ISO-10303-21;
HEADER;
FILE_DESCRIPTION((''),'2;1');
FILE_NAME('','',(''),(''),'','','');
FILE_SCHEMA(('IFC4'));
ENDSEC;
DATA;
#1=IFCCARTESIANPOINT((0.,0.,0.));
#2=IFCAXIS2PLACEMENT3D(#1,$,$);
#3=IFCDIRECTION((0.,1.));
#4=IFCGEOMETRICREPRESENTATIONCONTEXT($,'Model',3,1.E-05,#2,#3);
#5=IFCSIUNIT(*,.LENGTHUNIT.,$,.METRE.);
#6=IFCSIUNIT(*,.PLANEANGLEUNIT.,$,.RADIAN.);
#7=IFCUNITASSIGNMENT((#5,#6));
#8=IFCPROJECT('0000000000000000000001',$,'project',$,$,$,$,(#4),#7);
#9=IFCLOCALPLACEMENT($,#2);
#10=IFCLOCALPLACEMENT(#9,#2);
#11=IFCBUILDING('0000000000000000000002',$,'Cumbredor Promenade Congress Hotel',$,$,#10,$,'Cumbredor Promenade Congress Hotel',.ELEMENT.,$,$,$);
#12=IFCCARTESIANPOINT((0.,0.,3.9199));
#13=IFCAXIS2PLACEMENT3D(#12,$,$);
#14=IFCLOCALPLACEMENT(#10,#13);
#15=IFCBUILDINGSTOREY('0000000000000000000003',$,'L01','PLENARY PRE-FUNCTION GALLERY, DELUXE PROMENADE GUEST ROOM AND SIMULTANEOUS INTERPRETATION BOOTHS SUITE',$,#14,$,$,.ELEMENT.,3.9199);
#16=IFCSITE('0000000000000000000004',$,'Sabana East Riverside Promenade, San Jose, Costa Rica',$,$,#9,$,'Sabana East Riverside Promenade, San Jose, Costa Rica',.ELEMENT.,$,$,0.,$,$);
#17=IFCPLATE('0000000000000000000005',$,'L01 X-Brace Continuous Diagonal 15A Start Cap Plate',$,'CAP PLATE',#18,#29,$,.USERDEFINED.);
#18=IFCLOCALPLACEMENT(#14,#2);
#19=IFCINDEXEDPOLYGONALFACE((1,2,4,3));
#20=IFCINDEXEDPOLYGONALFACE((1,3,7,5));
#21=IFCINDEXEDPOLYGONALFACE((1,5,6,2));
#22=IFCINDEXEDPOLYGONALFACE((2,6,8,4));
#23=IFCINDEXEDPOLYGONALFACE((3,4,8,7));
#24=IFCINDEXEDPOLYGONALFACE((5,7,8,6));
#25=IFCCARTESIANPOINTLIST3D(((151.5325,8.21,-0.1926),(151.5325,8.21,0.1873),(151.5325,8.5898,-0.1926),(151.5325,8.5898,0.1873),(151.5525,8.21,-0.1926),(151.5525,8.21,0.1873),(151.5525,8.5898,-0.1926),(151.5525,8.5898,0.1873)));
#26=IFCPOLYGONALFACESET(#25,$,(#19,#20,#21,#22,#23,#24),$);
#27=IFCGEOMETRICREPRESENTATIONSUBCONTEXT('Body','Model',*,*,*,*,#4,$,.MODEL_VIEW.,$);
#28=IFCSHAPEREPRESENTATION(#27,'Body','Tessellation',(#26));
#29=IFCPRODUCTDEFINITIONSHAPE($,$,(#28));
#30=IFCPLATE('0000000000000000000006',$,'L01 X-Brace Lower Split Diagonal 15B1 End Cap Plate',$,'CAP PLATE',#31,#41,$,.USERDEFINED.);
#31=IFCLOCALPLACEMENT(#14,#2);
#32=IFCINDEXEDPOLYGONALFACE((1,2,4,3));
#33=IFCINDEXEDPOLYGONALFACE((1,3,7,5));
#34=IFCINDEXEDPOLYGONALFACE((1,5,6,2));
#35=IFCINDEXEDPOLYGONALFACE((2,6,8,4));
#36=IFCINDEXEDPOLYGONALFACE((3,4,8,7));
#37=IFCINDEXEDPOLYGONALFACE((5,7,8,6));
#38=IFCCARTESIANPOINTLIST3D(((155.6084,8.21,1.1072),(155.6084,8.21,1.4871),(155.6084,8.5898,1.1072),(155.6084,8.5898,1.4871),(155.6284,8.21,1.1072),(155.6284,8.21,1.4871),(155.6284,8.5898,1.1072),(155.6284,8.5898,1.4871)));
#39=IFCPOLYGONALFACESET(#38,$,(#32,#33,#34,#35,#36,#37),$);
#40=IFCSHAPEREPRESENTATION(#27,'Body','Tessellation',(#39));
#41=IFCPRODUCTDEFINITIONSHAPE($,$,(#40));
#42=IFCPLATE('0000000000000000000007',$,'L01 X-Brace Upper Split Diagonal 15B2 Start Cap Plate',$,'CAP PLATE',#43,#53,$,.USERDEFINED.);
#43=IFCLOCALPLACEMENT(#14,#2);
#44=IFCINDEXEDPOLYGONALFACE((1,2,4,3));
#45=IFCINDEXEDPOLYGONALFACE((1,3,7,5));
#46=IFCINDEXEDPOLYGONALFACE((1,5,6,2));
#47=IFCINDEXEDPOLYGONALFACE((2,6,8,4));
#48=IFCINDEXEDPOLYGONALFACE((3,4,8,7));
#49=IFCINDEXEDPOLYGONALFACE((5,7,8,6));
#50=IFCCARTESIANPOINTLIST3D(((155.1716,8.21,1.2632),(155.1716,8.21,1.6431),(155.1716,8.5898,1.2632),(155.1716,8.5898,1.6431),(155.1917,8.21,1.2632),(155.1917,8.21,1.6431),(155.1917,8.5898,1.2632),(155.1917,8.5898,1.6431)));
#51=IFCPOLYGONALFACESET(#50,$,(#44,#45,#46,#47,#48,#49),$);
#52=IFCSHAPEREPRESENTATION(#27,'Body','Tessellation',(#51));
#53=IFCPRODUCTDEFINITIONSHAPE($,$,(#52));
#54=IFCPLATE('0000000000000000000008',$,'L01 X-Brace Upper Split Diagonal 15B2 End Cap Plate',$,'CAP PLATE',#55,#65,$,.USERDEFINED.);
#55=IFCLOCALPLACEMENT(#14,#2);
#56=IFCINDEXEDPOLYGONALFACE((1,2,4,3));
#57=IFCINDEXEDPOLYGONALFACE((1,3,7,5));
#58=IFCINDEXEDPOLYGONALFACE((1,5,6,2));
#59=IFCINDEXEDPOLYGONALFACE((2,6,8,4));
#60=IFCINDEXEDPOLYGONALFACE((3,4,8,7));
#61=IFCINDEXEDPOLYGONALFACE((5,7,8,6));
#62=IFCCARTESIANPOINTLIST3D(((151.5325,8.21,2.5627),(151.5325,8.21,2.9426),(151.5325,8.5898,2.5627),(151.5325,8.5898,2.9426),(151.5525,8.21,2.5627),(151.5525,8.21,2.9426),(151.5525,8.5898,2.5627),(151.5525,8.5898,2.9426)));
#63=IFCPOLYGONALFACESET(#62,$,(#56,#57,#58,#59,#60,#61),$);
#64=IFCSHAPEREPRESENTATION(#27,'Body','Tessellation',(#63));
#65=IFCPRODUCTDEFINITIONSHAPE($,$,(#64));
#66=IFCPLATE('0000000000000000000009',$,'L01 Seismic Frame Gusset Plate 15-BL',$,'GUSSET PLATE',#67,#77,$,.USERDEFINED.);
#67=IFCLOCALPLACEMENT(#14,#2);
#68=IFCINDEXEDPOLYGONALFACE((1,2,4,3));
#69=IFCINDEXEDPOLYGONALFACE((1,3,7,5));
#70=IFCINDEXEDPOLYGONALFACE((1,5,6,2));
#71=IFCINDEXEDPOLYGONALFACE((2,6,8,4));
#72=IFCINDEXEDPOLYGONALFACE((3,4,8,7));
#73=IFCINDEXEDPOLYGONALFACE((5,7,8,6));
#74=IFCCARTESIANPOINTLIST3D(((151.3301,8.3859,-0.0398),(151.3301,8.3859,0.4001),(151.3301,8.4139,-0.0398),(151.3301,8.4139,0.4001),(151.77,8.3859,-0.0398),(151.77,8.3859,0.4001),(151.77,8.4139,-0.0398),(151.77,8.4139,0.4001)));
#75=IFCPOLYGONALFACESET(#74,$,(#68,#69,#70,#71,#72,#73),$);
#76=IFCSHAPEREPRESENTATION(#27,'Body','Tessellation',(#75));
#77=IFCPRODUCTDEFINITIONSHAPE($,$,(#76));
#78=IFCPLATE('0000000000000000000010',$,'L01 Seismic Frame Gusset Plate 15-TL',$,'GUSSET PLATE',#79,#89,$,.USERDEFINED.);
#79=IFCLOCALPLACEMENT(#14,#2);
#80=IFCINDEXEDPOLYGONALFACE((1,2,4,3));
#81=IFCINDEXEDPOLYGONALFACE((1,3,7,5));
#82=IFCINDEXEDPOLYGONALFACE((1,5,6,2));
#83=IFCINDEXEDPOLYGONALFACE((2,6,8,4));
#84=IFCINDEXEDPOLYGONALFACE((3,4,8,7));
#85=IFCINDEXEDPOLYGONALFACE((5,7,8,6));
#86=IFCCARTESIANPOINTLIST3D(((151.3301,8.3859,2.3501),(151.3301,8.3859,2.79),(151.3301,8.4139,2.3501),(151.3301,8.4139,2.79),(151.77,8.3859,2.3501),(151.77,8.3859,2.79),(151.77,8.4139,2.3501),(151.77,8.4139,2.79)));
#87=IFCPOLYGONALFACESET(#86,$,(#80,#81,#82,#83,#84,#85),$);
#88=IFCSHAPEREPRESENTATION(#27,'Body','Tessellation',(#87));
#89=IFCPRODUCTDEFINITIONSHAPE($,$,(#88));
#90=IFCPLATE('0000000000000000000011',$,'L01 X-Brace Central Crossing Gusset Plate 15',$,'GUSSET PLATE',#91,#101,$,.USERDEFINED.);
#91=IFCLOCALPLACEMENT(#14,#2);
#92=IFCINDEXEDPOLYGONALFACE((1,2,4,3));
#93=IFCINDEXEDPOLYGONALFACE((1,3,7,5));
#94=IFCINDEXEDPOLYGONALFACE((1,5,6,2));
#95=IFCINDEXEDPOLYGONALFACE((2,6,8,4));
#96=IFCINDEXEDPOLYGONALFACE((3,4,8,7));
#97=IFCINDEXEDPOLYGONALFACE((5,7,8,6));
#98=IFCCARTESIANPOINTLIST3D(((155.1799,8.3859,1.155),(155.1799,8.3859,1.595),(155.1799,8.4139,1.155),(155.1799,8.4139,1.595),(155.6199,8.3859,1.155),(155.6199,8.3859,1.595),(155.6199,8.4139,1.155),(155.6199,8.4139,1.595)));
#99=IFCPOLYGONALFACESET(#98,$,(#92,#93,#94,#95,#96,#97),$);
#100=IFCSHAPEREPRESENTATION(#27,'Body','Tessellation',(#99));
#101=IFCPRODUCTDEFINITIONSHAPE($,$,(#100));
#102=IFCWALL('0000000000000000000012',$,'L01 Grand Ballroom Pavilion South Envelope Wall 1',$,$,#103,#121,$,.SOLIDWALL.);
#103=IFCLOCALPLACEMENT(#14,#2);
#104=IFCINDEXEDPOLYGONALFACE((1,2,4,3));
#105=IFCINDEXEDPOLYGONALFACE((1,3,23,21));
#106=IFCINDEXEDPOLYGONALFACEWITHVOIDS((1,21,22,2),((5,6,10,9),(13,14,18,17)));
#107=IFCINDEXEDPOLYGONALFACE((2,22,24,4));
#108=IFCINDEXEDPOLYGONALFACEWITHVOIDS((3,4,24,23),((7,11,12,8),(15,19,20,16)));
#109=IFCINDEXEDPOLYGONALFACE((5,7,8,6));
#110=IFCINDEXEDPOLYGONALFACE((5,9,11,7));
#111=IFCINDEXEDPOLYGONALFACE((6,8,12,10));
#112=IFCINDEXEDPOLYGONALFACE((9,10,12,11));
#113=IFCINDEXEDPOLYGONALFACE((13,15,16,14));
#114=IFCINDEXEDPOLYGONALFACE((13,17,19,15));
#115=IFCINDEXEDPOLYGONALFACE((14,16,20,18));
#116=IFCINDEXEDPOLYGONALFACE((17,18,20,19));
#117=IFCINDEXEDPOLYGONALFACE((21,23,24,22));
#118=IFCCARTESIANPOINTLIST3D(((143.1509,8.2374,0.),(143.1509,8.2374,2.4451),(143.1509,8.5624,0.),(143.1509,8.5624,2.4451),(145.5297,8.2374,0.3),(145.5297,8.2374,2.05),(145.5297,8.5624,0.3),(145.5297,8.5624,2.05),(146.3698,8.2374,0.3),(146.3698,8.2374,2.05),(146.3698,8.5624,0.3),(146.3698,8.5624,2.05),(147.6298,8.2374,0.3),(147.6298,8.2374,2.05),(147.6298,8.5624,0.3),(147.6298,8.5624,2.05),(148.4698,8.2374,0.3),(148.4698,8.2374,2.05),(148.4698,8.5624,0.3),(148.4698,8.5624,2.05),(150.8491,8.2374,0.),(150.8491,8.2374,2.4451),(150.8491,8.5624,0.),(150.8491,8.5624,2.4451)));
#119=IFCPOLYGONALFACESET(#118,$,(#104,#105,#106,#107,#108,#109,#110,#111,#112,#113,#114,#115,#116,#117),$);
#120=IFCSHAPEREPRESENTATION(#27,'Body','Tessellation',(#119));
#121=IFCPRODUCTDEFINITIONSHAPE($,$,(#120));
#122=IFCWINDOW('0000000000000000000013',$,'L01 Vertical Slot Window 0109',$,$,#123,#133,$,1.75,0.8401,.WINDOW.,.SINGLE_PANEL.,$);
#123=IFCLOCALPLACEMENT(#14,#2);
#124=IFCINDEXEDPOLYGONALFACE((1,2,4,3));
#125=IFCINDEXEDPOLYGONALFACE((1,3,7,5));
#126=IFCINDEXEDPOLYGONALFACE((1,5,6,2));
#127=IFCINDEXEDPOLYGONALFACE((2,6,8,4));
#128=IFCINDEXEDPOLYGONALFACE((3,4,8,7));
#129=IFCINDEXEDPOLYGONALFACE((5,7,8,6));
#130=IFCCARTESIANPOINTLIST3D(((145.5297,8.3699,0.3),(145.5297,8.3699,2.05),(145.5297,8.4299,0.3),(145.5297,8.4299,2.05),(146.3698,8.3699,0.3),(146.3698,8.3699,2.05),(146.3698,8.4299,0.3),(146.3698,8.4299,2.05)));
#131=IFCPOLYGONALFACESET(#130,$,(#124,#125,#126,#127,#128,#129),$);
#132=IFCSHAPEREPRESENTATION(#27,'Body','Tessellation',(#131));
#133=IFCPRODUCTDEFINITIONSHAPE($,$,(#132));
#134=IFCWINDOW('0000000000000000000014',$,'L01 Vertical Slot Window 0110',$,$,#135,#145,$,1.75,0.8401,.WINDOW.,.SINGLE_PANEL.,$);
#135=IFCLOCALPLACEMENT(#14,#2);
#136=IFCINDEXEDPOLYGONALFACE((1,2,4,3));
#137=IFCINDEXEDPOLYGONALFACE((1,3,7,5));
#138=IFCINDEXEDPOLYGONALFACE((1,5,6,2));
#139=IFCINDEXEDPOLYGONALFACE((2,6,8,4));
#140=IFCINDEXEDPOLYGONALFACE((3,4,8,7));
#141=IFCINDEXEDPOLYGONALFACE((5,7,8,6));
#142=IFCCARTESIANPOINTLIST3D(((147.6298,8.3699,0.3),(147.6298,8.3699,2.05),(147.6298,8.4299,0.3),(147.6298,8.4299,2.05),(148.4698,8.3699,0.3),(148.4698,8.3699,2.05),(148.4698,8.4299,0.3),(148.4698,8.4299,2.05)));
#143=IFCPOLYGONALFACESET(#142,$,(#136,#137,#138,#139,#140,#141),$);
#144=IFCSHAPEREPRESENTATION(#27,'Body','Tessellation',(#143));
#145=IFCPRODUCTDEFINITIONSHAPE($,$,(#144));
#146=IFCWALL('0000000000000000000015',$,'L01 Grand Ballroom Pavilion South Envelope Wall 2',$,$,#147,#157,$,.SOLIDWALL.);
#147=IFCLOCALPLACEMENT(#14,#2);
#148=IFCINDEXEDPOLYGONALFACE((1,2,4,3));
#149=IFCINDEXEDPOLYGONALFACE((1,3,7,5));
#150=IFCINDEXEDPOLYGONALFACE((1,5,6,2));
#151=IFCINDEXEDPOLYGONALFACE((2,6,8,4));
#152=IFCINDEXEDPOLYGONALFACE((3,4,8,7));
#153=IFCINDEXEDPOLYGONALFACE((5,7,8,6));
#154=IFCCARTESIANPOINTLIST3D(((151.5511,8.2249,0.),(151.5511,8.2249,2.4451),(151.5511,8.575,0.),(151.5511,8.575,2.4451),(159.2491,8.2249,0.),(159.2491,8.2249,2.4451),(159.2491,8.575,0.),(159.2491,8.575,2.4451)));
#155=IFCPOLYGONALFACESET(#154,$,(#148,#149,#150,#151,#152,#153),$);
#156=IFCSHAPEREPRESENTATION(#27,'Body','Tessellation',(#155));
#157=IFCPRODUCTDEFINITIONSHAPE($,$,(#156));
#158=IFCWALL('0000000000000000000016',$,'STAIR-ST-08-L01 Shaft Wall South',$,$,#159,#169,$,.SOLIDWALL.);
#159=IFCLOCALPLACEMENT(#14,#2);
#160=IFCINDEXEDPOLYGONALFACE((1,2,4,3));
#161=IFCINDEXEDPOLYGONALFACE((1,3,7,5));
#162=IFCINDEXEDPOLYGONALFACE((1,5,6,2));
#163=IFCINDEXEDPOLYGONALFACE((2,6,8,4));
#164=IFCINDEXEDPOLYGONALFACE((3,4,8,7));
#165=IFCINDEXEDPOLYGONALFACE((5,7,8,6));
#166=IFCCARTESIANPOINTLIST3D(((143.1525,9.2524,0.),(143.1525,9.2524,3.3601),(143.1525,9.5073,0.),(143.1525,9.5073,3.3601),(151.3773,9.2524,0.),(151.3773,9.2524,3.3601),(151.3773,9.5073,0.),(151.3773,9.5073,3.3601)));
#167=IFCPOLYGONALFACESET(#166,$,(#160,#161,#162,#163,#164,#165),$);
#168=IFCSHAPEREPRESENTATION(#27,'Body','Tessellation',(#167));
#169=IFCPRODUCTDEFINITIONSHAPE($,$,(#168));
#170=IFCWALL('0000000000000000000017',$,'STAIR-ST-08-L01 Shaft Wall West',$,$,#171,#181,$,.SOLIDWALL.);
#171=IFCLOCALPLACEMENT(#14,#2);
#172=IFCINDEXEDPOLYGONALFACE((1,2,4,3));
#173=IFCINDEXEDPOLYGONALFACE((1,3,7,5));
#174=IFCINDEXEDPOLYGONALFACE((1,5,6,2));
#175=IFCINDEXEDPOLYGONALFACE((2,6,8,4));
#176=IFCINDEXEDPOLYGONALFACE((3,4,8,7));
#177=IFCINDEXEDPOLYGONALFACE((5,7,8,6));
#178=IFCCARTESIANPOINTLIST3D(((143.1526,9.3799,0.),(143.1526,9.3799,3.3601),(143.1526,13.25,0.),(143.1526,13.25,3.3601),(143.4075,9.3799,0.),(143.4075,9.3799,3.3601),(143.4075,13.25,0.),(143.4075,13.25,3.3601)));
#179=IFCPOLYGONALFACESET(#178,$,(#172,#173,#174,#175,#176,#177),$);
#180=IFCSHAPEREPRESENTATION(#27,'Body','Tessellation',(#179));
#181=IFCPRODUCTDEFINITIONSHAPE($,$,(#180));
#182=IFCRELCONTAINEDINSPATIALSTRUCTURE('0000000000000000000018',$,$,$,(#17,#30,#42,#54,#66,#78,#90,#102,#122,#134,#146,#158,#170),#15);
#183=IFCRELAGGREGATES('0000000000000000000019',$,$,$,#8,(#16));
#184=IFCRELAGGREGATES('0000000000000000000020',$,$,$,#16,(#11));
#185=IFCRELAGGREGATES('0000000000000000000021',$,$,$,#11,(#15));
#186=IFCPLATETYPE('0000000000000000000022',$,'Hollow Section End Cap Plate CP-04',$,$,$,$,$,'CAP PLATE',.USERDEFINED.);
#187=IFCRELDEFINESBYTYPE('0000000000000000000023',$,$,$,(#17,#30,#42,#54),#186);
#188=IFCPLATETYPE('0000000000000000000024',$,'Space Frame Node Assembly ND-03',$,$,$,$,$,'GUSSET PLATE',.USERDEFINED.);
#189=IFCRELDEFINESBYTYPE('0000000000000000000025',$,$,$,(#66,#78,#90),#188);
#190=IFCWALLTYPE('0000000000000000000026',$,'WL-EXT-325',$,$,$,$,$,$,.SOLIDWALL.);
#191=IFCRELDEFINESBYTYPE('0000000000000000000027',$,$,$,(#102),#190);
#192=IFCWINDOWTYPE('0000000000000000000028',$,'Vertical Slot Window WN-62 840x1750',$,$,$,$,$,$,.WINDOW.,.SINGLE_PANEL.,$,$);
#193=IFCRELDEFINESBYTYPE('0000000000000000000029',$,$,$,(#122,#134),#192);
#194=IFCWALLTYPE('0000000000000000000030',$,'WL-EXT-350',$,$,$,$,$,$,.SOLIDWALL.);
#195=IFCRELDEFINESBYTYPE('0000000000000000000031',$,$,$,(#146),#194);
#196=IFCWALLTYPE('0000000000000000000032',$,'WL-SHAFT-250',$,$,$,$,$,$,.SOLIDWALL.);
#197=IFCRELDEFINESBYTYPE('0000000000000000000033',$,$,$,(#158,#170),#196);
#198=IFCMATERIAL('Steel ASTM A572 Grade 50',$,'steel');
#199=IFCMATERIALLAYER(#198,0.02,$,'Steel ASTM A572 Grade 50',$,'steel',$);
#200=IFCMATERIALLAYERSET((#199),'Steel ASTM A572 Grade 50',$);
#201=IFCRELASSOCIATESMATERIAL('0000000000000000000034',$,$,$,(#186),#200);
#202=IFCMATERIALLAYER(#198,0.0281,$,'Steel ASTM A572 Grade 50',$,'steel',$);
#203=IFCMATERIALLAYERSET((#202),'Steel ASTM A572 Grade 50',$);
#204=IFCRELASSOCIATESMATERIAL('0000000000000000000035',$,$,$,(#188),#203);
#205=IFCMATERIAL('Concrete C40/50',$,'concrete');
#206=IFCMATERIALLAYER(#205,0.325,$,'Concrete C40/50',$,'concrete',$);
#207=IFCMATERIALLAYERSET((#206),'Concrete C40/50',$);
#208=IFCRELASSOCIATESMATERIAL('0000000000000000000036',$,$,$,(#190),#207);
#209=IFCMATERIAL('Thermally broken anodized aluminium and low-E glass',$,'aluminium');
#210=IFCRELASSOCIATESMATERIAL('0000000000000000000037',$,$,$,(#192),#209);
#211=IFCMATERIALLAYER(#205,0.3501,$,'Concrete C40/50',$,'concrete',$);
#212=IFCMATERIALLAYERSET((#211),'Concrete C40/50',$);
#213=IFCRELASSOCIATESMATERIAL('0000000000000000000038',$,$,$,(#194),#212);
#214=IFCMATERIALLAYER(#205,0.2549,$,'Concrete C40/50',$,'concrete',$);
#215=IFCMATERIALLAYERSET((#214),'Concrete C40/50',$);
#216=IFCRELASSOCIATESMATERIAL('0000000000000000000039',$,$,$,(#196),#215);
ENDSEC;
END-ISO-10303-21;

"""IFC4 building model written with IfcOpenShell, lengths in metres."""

from ifc_helpers import new_model, si_unit, direction, frame, frame_2d, origin, origin_2d, place, context, subcontext, project, spatial, rectangle, extrude, material, layer, layer_set, type_object, element, fill, save


model = new_model("IFC4")

# Units and contexts
model_context = context("Model", 3, precision=1e-05, world=origin(), true_north=direction((0.0, 1.0)))
body_context = subcontext(model_context, "Body", "Model", "MODEL_VIEW")
ifc_project = project(units=[si_unit("LENGTHUNIT", "METRE"), si_unit("PLANEANGLEUNIT", "RADIAN")], contexts=[model_context])

# Site, building, storey
site_placement = place(None, origin())
site = spatial("IfcSite", under=ifc_project, at=site_placement, Name="Sabana East Riverside Promenade, San Jose, Costa Rica", LongName="Sabana East Riverside Promenade, San Jose, Costa Rica", CompositionType="ELEMENT", RefElevation=0.0)
building_placement = place(site_placement, origin())
building = spatial("IfcBuilding", under=site, at=building_placement, Name="Cumbredor Promenade Congress Hotel", LongName="Cumbredor Promenade Congress Hotel", CompositionType="ELEMENT")
storey_placement = place(building_placement, frame((0.0, 0.0, 3.9199)))
storey = spatial("IfcBuildingStorey", under=building, at=storey_placement, Name="L01", Description="PLENARY PRE-FUNCTION GALLERY, DELUXE PROMENADE GUEST ROOM AND SIMULTANEOUS INTERPRETATION BOOTHS SUITE", CompositionType="ELEMENT", Elevation=3.9199)

# Shared definitions
ifc_material_1 = material(Name="Concrete C40/50", Category="concrete")

# Shared definitions
ifc_material_2 = material(Name="Thermally broken anodized aluminium and low-E glass", Category="aluminium")

# Plates
ifc_material_3 = material(Name="Steel ASTM A572 Grade 50", Category="steel")
ifc_layer_1 = layer(ifc_material_3, 0.02, Name="Steel ASTM A572 Grade 50", Category="steel")
ifc_layer_set_1 = layer_set([ifc_layer_1], Name="Steel ASTM A572 Grade 50")
plate_type_1 = type_object("IfcPlateType", Name="Hollow Section End Cap Plate CP-04", ElementType="CAP PLATE", PredefinedType="USERDEFINED", material=ifc_layer_set_1)
for number, where, z_axis, x_axis, name in (
    (1, (151.5425, 8.3999, -0.1926), (0.0, 0.0, 1.0), (1.0, 0.0, 0.0), "L01 X-Brace Continuous Diagonal 15A Start Cap Plate"),
    (2, (155.6184, 8.3999, 1.1072), (0.0, 0.0, 1.0), (-1.0, 0.0, 0.0), "L01 X-Brace Lower Split Diagonal 15B1 End Cap Plate"),
    (3, (155.1816, 8.3999, 1.2632), (0.0, 0.0, 1.0), (-1.0, 0.0, 0.0), "L01 X-Brace Upper Split Diagonal 15B2 Start Cap Plate"),
    (4, (151.5425, 8.3999, 2.5627), (0.0, 0.0, 1.0), (-1.0, 0.0, 0.0), "L01 X-Brace Upper Split Diagonal 15B2 End Cap Plate"),
):
    element("IfcPlate", number, at=place(storey_placement, frame(where, z_axis=z_axis, x_axis=x_axis)), inside=storey, type_object=plate_type_1, Name=name, ObjectType="CAP PLATE", PredefinedType="USERDEFINED", context=body_context, shape_type="SweptSolid", body=[
        extrude(rectangle(XDim=0.02, YDim=0.3799, at=origin_2d()), origin(), (0.0, 0.0, 1.0), 0.3799),
    ])
ifc_layer_2 = layer(ifc_material_3, 0.0281, Name="Steel ASTM A572 Grade 50", Category="steel")
ifc_layer_set_2 = layer_set([ifc_layer_2], Name="Steel ASTM A572 Grade 50")
plate_type_2 = type_object("IfcPlateType", Name="Space Frame Node Assembly ND-03", ElementType="GUSSET PLATE", PredefinedType="USERDEFINED", material=ifc_layer_set_2)
for number, where, z_axis, x_axis, name in (
    (5, (151.55, 8.3999, -0.0398), (0.0, 0.0, 1.0), (1.0, 0.0, 0.0), "L01 Seismic Frame Gusset Plate 15-BL"),
    (6, (151.55, 8.3999, 2.3501), (0.0, 0.0, 1.0), (1.0, 0.0, 0.0), "L01 Seismic Frame Gusset Plate 15-TL"),
    (7, (155.3999, 8.3999, 1.155), (0.0, 0.0, 1.0), (1.0, 0.0, 0.0), "L01 X-Brace Central Crossing Gusset Plate 15"),
):
    element("IfcPlate", number, at=place(storey_placement, frame(where, z_axis=z_axis, x_axis=x_axis)), inside=storey, type_object=plate_type_2, Name=name, ObjectType="GUSSET PLATE", PredefinedType="USERDEFINED", context=body_context, shape_type="SweptSolid", body=[
        extrude(rectangle(XDim=0.4399, YDim=0.0281, at=origin_2d()), origin(), (0.0, 0.0, 1.0), 0.4399),
    ])

# Wall, openings, windows
ifc_layer_3 = layer(ifc_material_1, 0.325, Name="Concrete C40/50", Category="concrete")
ifc_layer_set_3 = layer_set([ifc_layer_3], Name="Concrete C40/50")
wall_type_1 = type_object("IfcWallType", Name="WL-EXT-325", PredefinedType="SOLIDWALL", material=ifc_layer_set_3)
wall_1_placement = place(storey_placement, frame((143.1509, 8.3999, 0.0), z_axis=(0.0, 0.0, 1.0), x_axis=(1.0, 0.0, 0.0)))
wall_1 = element("IfcWall", 8, at=wall_1_placement, inside=storey, type_object=wall_type_1, Name="L01 Grand Ballroom Pavilion South Envelope Wall 1", PredefinedType="SOLIDWALL", context=body_context, shape_type="SweptSolid", body=[
    extrude(rectangle(XDim=7.6982, YDim=0.325, at=frame_2d((3.8491, 0.0))), origin(), (0.0, 0.0, 1.0), 2.4451),
])
opening_1_placement = place(wall_1_placement, frame((2.3789, 0.0, 0.3)))
opening_1 = element("IfcOpeningElement", 9, at=opening_1_placement, cuts=wall_1, PredefinedType="OPENING", context=body_context, shape_type="SweptSolid", body=[
    extrude(rectangle(XDim=0.8401, YDim=1.75, at=frame_2d((0.4199, 0.875))), frame((0.0, 0.1724, 0.0), z_axis=(0.0, -1.0, 0.0), x_axis=(1.0, 0.0, 0.0)), (0.0, 0.0, 1.0), 0.345),
])
opening_2_placement = place(wall_1_placement, frame((4.479, 0.0, 0.3)))
opening_2 = element("IfcOpeningElement", 10, at=opening_2_placement, cuts=wall_1, PredefinedType="OPENING", context=body_context, shape_type="SweptSolid", body=[
    extrude(rectangle(XDim=0.8401, YDim=1.75, at=frame_2d((0.4199, 0.875))), frame((0.0, 0.1724, 0.0), z_axis=(0.0, -1.0, 0.0), x_axis=(1.0, 0.0, 0.0)), (0.0, 0.0, 1.0), 0.345),
])
window_type = type_object("IfcWindowType", Name="Vertical Slot Window WN-62 840x1750", PartitioningType="SINGLE_PANEL", PredefinedType="WINDOW", material=ifc_material_2)
window_1_placement = place(opening_1_placement, origin())
window_1 = element("IfcWindow", 11, at=window_1_placement, inside=storey, type_object=window_type, Name="L01 Vertical Slot Window 0109", OverallHeight=1.75, OverallWidth=0.8401, PartitioningType="SINGLE_PANEL", PredefinedType="WINDOW", context=body_context, shape_type="SweptSolid", body=[
    extrude(rectangle(XDim=0.8401, YDim=1.75, at=frame_2d((0.4199, 0.875))), frame((0.0, 0.03, 0.0), z_axis=(0.0, -1.0, 0.0), x_axis=(1.0, 0.0, 0.0)), (0.0, 0.0, 1.0), 0.0601),
])
fill(opening_1, window_1)
window_2_placement = place(opening_2_placement, origin())
window_2 = element("IfcWindow", 12, at=window_2_placement, inside=storey, type_object=window_type, Name="L01 Vertical Slot Window 0110", OverallHeight=1.75, OverallWidth=0.8401, PartitioningType="SINGLE_PANEL", PredefinedType="WINDOW", context=body_context, shape_type="SweptSolid", body=[
    extrude(rectangle(XDim=0.8401, YDim=1.75, at=frame_2d((0.4199, 0.875))), frame((0.0, 0.03, 0.0), z_axis=(0.0, -1.0, 0.0), x_axis=(1.0, 0.0, 0.0)), (0.0, 0.0, 1.0), 0.0601),
])
fill(opening_2, window_2)

# Walls
ifc_layer_4 = layer(ifc_material_1, 0.3501, Name="Concrete C40/50", Category="concrete")
ifc_layer_set_4 = layer_set([ifc_layer_4], Name="Concrete C40/50")
wall_type_2 = type_object("IfcWallType", Name="WL-EXT-350", PredefinedType="SOLIDWALL", material=ifc_layer_set_4)
wall_2_placement = place(storey_placement, frame((151.551, 8.3999, 0.0), z_axis=(0.0, 0.0, 1.0), x_axis=(1.0, 0.0, 0.0)))
element("IfcWall", 13, at=wall_2_placement, inside=storey, type_object=wall_type_2, Name="L01 Grand Ballroom Pavilion South Envelope Wall 2", PredefinedType="SOLIDWALL", context=body_context, shape_type="SweptSolid", body=[
    extrude(rectangle(XDim=7.698, YDim=0.3501, at=frame_2d((3.8491, 0.0))), origin(), (0.0, 0.0, 1.0), 2.4451),
])
ifc_layer_5 = layer(ifc_material_1, 0.2549, Name="Concrete C40/50", Category="concrete")
ifc_layer_set_5 = layer_set([ifc_layer_5], Name="Concrete C40/50")
wall_type_3 = type_object("IfcWallType", Name="WL-SHAFT-250", PredefinedType="SOLIDWALL", material=ifc_layer_set_5)
wall_3_placement = place(storey_placement, frame((143.1526, 9.3799, 0.0), z_axis=(0.0, 0.0, 1.0), x_axis=(1.0, 0.0, 0.0)))
element("IfcWall", 14, at=wall_3_placement, inside=storey, type_object=wall_type_3, Name="STAIR-ST-08-L01 Shaft Wall South", PredefinedType="SOLIDWALL", context=body_context, shape_type="SweptSolid", body=[
    extrude(rectangle(XDim=8.2249, YDim=0.2549, at=frame_2d((4.1123, 0.0))), origin(), (0.0, 0.0, 1.0), 3.3601),
])
wall_4_placement = place(storey_placement, frame((143.28, 9.3799, 0.0), z_axis=(0.0, 0.0, 1.0), x_axis=(0.0, 1.0, 0.0)))
element("IfcWall", 15, at=wall_4_placement, inside=storey, type_object=wall_type_3, Name="STAIR-ST-08-L01 Shaft Wall West", PredefinedType="SOLIDWALL", context=body_context, shape_type="SweptSolid", body=[
    extrude(rectangle(XDim=3.8701, YDim=0.2549, at=frame_2d((1.9351, 0.0))), origin(), (0.0, 0.0, 1.0), 3.3601),
])

save(model, "model.ifc")
